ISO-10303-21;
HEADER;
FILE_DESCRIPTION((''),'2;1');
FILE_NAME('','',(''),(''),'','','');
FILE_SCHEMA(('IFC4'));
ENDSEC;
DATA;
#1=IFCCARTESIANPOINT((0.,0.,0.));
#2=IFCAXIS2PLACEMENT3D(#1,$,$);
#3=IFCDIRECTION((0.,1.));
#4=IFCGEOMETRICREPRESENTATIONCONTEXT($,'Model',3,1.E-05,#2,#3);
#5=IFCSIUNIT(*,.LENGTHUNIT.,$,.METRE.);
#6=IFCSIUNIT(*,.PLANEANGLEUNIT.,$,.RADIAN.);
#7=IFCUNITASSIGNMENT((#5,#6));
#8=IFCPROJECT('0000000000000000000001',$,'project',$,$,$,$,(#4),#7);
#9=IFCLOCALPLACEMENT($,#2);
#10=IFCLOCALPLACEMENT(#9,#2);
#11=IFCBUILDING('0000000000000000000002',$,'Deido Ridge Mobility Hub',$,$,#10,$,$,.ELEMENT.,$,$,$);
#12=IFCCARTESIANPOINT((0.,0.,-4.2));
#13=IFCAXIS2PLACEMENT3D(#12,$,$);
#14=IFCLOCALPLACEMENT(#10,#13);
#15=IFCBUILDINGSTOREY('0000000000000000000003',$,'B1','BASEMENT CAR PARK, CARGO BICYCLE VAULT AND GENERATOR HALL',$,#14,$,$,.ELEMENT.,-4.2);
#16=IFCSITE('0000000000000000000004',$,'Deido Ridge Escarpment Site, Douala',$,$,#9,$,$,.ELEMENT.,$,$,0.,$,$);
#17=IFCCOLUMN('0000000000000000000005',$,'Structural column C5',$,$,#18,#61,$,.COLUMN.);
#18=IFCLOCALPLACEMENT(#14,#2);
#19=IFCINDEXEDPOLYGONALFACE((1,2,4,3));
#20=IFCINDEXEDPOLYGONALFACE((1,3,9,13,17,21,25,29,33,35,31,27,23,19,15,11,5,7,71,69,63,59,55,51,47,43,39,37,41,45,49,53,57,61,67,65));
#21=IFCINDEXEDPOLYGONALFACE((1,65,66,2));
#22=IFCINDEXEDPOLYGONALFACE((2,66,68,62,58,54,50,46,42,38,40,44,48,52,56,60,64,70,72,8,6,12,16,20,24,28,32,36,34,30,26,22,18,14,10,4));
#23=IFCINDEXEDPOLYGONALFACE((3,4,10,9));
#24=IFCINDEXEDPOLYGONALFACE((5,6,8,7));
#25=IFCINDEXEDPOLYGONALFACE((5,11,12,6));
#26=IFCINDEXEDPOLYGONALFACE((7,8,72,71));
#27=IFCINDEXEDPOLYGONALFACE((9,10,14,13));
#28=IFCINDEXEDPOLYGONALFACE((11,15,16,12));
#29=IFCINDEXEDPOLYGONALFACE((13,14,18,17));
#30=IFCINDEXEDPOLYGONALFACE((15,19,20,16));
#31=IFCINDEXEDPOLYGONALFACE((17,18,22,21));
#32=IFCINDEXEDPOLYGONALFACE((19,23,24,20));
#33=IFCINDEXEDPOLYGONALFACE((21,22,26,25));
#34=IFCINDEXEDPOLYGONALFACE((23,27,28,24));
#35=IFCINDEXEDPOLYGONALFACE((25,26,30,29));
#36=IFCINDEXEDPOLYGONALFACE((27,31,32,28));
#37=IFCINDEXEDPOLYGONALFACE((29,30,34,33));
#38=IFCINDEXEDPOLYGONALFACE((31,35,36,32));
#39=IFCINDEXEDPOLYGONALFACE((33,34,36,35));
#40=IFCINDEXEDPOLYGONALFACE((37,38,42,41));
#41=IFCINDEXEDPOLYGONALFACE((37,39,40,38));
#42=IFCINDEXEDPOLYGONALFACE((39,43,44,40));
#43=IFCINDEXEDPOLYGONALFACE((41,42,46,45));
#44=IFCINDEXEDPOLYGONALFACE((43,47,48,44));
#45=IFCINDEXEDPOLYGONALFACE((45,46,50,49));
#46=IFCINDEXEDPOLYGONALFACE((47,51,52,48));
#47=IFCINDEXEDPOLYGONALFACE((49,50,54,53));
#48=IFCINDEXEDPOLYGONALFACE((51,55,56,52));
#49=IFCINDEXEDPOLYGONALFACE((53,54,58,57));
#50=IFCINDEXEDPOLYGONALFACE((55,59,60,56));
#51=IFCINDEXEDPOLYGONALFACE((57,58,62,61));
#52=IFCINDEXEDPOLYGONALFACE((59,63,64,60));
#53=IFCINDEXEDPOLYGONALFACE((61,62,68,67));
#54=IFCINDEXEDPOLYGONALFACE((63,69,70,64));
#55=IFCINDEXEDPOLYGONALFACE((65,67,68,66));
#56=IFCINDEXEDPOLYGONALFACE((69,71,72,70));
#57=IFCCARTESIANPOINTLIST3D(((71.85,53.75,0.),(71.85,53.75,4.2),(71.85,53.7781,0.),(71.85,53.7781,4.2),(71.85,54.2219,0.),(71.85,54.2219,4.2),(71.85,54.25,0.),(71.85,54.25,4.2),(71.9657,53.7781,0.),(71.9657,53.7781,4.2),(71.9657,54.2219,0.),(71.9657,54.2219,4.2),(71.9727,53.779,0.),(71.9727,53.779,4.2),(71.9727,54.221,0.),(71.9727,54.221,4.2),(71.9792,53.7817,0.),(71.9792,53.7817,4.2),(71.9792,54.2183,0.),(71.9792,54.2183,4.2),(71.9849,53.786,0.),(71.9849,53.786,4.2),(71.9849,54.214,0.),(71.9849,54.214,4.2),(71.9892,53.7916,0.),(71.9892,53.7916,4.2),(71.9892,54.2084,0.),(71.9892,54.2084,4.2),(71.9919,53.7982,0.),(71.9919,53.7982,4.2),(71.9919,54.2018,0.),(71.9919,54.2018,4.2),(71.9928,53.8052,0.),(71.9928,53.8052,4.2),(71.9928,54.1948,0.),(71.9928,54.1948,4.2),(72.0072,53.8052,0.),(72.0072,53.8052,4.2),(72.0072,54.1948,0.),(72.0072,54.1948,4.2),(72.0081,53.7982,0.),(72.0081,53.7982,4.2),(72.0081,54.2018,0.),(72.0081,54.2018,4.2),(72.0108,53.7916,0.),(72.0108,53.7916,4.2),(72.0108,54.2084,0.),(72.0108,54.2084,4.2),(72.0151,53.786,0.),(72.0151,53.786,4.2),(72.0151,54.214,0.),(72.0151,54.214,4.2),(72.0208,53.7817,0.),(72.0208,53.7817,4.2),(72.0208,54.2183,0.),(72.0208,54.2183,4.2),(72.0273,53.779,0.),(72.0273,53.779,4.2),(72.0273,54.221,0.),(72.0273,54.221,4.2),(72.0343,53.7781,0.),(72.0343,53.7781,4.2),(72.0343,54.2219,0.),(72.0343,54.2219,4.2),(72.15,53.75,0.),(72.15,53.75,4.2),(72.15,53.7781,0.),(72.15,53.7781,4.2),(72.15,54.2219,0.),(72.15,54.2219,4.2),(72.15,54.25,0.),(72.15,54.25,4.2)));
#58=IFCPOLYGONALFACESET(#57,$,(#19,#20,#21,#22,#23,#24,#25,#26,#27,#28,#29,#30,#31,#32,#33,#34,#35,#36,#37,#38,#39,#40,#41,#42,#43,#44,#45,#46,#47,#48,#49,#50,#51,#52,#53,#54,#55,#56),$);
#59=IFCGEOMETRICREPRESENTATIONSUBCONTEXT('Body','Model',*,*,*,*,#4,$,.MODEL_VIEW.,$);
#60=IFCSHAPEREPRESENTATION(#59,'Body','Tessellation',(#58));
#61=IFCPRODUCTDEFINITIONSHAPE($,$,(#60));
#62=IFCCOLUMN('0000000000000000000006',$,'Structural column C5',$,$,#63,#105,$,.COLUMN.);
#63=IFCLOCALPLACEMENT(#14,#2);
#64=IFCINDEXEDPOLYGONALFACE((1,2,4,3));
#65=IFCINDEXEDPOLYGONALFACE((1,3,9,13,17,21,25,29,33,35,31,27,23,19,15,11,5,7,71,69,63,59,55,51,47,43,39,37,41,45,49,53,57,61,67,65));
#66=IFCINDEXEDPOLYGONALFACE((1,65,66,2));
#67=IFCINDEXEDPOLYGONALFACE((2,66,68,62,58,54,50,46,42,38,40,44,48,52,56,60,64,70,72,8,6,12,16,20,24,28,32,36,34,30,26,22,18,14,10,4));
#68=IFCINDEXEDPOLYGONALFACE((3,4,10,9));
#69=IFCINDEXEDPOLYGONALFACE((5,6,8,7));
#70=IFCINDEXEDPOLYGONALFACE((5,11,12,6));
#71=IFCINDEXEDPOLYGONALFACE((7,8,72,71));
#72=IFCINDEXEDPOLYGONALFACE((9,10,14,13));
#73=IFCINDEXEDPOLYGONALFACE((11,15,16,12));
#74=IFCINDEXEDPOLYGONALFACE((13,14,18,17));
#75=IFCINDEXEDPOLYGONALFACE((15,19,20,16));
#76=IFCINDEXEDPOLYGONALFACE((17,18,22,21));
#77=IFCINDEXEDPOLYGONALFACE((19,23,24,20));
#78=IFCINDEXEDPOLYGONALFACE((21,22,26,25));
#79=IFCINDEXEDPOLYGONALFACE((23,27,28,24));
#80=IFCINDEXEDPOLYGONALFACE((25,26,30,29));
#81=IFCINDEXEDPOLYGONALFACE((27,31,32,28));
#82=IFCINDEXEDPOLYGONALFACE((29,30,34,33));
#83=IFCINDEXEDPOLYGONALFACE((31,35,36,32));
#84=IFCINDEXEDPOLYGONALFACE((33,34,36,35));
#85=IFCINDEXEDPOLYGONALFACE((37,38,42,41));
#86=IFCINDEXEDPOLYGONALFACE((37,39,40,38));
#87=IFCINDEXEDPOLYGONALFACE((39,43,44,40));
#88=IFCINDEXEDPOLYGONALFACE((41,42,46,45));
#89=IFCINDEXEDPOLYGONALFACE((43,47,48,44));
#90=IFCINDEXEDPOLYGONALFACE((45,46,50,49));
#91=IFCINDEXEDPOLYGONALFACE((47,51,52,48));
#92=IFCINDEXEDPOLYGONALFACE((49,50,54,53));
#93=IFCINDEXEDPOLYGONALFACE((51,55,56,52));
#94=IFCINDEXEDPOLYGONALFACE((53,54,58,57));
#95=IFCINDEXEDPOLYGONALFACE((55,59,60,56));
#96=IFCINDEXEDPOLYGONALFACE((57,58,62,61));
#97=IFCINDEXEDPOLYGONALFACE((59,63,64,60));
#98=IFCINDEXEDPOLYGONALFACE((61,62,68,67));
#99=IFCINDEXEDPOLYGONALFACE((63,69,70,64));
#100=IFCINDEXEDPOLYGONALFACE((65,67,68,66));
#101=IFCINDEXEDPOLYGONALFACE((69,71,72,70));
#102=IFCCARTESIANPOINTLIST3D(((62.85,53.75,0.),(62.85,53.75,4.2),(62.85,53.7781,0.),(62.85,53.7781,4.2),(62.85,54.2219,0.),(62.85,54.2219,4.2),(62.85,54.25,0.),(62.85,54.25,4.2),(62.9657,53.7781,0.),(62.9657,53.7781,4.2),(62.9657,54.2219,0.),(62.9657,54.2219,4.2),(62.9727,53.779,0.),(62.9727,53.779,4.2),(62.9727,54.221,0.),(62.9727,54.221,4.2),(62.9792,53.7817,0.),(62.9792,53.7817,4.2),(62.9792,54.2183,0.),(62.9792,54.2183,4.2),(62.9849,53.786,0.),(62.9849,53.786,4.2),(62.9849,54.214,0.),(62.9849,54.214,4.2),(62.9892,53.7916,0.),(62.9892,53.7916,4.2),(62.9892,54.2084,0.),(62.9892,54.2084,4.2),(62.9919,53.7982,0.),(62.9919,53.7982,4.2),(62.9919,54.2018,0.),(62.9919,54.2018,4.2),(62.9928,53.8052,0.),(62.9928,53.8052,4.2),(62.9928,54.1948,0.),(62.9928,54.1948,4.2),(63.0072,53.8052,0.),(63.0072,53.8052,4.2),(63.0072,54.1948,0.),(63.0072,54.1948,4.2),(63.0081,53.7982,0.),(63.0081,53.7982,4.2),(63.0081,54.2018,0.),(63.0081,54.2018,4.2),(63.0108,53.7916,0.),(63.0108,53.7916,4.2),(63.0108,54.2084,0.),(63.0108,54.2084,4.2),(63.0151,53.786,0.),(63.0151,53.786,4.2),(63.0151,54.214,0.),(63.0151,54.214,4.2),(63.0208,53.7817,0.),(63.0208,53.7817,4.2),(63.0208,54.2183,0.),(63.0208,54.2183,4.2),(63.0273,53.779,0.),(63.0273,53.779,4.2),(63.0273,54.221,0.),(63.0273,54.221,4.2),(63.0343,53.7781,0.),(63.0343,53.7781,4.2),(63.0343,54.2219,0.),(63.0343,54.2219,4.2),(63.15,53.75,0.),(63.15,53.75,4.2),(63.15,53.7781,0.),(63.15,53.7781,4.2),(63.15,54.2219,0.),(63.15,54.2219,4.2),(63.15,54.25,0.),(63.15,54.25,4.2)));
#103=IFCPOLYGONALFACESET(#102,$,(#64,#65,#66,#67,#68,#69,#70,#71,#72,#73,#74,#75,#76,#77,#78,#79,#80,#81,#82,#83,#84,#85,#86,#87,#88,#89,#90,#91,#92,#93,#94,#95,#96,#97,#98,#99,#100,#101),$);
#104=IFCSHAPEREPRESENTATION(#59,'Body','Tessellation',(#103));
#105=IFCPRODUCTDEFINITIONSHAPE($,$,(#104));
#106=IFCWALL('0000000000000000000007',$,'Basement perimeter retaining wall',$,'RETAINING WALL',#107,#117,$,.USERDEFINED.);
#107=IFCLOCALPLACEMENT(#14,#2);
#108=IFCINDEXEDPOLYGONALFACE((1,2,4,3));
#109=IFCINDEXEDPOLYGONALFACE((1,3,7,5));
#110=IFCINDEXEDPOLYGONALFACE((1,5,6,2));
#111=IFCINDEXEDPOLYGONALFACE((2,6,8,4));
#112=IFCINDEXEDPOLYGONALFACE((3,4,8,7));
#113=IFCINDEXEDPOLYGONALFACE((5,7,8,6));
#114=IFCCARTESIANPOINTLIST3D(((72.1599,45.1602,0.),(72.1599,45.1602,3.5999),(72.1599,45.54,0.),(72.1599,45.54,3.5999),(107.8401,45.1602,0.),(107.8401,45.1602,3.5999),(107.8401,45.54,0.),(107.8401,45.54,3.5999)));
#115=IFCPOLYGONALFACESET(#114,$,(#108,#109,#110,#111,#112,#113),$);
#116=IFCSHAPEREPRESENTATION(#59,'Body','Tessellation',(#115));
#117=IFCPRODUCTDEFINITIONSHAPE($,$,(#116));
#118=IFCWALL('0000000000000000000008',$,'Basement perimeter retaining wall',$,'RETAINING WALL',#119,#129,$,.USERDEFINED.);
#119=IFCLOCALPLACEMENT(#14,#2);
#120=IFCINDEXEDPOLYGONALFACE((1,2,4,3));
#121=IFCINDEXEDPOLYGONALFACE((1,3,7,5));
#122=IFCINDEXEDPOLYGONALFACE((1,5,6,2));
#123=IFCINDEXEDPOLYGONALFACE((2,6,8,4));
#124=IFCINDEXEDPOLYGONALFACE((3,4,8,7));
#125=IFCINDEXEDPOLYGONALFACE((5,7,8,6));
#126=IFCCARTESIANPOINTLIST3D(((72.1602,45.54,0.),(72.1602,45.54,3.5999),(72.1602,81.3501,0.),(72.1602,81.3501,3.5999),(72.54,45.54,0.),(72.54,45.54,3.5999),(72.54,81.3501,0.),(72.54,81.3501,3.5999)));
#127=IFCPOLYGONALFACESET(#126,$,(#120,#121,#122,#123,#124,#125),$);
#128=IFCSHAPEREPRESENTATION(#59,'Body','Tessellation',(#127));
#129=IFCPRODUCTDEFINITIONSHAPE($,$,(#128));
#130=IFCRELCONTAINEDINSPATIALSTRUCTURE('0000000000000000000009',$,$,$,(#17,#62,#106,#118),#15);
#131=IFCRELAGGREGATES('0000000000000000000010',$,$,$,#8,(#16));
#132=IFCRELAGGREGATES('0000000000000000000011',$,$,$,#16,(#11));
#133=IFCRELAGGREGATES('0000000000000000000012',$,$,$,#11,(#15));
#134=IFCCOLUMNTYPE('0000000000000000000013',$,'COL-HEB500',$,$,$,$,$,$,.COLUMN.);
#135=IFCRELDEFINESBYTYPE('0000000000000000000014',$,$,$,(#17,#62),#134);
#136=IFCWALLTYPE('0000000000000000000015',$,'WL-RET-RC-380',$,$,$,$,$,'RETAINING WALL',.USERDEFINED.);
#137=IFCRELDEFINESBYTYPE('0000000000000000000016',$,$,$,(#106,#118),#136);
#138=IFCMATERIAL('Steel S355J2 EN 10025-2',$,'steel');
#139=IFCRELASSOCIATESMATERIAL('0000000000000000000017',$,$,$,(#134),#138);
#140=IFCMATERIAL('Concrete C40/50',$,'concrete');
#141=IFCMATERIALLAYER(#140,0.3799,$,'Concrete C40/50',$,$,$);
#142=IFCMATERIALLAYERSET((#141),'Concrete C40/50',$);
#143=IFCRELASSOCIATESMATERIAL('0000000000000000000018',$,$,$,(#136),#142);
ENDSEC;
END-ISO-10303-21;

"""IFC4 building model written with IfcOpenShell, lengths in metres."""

from ifc_helpers import new_model, si_unit, direction, frame, frame_2d, origin, origin_2d, place, context, subcontext, project, spatial, rectangle, i_section, extrude, material, layer, layer_set, material_profile, profile_set, type_object, element, save


model = new_model("IFC4")

# Units and contexts
model_context = context("Model", 3, precision=1e-05, world=origin(), true_north=direction((0.0, 1.0)))
body_context = subcontext(model_context, "Body", "Model", "MODEL_VIEW")
ifc_project = project(units=[si_unit("LENGTHUNIT", "METRE"), si_unit("PLANEANGLEUNIT", "RADIAN")], contexts=[model_context])

# Site, building, storey
site_placement = place(None, origin())
site = spatial("IfcSite", under=ifc_project, at=site_placement, Name="Deido Ridge Escarpment Site, Douala", CompositionType="ELEMENT", RefElevation=0.0)
building_placement = place(site_placement, origin())
building = spatial("IfcBuilding", under=site, at=building_placement, Name="Deido Ridge Mobility Hub", CompositionType="ELEMENT")
storey_placement = place(building_placement, frame((0.0, 0.0, -4.2)))
storey = spatial("IfcBuildingStorey", under=building, at=storey_placement, Name="B1", Description="BASEMENT CAR PARK, CARGO BICYCLE VAULT AND GENERATOR HALL", CompositionType="ELEMENT", Elevation=-4.2)

# Shared definitions
ifc_material_1 = material(Name="Concrete C40/50", Category="concrete")

# Columns
ifc_material_2 = material(Name="Steel S355J2 EN 10025-2", Category="steel")
ifc_material_profile_1 = material_profile(ifc_material_2, i_section(OverallWidth=0.3, OverallDepth=0.5, WebThickness=0.0144, FlangeThickness=0.0281, FilletRadius=0.0271, at=origin_2d()), Name="HEB 500")
ifc_profile_set_1 = profile_set([ifc_material_profile_1], Name="Steel S355J2 EN 10025-2")
column_type = type_object("IfcColumnType", Name="COL-HEB500", PredefinedType="COLUMN", material=ifc_profile_set_1)
for number, where, z_axis, x_axis, name in (
    (1, (72.0, 54.0, 0.0), (0.0, 0.0, 1.0), (1.0, 0.0, 0.0), "Structural column C5"),
    (2, (63.0, 54.0, 0.0), (0.0, 0.0, 1.0), (1.0, 0.0, 0.0), "Structural column C5"),
):
    element("IfcColumn", number, at=place(storey_placement, frame(where, z_axis=z_axis, x_axis=x_axis)), inside=storey, type_object=column_type, Name=name, PredefinedType="COLUMN", context=body_context, shape_type="SweptSolid", body=[
        extrude(i_section(OverallWidth=0.3, OverallDepth=0.5, WebThickness=0.0144, FlangeThickness=0.0281, FilletRadius=0.0271, at=origin_2d()), origin(), (0.0, 0.0, 1.0), 4.2),
    ])

# Walls
ifc_layer = layer(ifc_material_1, 0.3799, Name="Concrete C40/50")
ifc_layer_set = layer_set([ifc_layer], Name="Concrete C40/50")
wall_type = type_object("IfcWallType", Name="WL-RET-RC-380", ElementType="RETAINING WALL", PredefinedType="USERDEFINED", material=ifc_layer_set)
wall_1_placement = place(storey_placement, frame((72.1599, 45.3501, 0.0), z_axis=(0.0, 0.0, 1.0), x_axis=(1.0, 0.0, 0.0)))
element("IfcWall", 3, at=wall_1_placement, inside=storey, type_object=wall_type, Name="Basement perimeter retaining wall", ObjectType="RETAINING WALL", PredefinedType="USERDEFINED", context=body_context, shape_type="SweptSolid", body=[
    extrude(rectangle(XDim=35.6802, YDim=0.3799, at=frame_2d((17.8401, 0.0))), origin(), (0.0, 0.0, 1.0), 3.5999),
])
wall_2_placement = place(storey_placement, frame((72.3501, 45.54, 0.0), z_axis=(0.0, 0.0, 1.0), x_axis=(0.0, 1.0, 0.0)))
element("IfcWall", 4, at=wall_2_placement, inside=storey, type_object=wall_type, Name="Basement perimeter retaining wall", ObjectType="RETAINING WALL", PredefinedType="USERDEFINED", context=body_context, shape_type="SweptSolid", body=[
    extrude(rectangle(XDim=35.8101, YDim=0.3799, at=frame_2d((17.905, 0.0))), origin(), (0.0, 0.0, 1.0), 3.5999),
])

save(model, "model.ifc")
